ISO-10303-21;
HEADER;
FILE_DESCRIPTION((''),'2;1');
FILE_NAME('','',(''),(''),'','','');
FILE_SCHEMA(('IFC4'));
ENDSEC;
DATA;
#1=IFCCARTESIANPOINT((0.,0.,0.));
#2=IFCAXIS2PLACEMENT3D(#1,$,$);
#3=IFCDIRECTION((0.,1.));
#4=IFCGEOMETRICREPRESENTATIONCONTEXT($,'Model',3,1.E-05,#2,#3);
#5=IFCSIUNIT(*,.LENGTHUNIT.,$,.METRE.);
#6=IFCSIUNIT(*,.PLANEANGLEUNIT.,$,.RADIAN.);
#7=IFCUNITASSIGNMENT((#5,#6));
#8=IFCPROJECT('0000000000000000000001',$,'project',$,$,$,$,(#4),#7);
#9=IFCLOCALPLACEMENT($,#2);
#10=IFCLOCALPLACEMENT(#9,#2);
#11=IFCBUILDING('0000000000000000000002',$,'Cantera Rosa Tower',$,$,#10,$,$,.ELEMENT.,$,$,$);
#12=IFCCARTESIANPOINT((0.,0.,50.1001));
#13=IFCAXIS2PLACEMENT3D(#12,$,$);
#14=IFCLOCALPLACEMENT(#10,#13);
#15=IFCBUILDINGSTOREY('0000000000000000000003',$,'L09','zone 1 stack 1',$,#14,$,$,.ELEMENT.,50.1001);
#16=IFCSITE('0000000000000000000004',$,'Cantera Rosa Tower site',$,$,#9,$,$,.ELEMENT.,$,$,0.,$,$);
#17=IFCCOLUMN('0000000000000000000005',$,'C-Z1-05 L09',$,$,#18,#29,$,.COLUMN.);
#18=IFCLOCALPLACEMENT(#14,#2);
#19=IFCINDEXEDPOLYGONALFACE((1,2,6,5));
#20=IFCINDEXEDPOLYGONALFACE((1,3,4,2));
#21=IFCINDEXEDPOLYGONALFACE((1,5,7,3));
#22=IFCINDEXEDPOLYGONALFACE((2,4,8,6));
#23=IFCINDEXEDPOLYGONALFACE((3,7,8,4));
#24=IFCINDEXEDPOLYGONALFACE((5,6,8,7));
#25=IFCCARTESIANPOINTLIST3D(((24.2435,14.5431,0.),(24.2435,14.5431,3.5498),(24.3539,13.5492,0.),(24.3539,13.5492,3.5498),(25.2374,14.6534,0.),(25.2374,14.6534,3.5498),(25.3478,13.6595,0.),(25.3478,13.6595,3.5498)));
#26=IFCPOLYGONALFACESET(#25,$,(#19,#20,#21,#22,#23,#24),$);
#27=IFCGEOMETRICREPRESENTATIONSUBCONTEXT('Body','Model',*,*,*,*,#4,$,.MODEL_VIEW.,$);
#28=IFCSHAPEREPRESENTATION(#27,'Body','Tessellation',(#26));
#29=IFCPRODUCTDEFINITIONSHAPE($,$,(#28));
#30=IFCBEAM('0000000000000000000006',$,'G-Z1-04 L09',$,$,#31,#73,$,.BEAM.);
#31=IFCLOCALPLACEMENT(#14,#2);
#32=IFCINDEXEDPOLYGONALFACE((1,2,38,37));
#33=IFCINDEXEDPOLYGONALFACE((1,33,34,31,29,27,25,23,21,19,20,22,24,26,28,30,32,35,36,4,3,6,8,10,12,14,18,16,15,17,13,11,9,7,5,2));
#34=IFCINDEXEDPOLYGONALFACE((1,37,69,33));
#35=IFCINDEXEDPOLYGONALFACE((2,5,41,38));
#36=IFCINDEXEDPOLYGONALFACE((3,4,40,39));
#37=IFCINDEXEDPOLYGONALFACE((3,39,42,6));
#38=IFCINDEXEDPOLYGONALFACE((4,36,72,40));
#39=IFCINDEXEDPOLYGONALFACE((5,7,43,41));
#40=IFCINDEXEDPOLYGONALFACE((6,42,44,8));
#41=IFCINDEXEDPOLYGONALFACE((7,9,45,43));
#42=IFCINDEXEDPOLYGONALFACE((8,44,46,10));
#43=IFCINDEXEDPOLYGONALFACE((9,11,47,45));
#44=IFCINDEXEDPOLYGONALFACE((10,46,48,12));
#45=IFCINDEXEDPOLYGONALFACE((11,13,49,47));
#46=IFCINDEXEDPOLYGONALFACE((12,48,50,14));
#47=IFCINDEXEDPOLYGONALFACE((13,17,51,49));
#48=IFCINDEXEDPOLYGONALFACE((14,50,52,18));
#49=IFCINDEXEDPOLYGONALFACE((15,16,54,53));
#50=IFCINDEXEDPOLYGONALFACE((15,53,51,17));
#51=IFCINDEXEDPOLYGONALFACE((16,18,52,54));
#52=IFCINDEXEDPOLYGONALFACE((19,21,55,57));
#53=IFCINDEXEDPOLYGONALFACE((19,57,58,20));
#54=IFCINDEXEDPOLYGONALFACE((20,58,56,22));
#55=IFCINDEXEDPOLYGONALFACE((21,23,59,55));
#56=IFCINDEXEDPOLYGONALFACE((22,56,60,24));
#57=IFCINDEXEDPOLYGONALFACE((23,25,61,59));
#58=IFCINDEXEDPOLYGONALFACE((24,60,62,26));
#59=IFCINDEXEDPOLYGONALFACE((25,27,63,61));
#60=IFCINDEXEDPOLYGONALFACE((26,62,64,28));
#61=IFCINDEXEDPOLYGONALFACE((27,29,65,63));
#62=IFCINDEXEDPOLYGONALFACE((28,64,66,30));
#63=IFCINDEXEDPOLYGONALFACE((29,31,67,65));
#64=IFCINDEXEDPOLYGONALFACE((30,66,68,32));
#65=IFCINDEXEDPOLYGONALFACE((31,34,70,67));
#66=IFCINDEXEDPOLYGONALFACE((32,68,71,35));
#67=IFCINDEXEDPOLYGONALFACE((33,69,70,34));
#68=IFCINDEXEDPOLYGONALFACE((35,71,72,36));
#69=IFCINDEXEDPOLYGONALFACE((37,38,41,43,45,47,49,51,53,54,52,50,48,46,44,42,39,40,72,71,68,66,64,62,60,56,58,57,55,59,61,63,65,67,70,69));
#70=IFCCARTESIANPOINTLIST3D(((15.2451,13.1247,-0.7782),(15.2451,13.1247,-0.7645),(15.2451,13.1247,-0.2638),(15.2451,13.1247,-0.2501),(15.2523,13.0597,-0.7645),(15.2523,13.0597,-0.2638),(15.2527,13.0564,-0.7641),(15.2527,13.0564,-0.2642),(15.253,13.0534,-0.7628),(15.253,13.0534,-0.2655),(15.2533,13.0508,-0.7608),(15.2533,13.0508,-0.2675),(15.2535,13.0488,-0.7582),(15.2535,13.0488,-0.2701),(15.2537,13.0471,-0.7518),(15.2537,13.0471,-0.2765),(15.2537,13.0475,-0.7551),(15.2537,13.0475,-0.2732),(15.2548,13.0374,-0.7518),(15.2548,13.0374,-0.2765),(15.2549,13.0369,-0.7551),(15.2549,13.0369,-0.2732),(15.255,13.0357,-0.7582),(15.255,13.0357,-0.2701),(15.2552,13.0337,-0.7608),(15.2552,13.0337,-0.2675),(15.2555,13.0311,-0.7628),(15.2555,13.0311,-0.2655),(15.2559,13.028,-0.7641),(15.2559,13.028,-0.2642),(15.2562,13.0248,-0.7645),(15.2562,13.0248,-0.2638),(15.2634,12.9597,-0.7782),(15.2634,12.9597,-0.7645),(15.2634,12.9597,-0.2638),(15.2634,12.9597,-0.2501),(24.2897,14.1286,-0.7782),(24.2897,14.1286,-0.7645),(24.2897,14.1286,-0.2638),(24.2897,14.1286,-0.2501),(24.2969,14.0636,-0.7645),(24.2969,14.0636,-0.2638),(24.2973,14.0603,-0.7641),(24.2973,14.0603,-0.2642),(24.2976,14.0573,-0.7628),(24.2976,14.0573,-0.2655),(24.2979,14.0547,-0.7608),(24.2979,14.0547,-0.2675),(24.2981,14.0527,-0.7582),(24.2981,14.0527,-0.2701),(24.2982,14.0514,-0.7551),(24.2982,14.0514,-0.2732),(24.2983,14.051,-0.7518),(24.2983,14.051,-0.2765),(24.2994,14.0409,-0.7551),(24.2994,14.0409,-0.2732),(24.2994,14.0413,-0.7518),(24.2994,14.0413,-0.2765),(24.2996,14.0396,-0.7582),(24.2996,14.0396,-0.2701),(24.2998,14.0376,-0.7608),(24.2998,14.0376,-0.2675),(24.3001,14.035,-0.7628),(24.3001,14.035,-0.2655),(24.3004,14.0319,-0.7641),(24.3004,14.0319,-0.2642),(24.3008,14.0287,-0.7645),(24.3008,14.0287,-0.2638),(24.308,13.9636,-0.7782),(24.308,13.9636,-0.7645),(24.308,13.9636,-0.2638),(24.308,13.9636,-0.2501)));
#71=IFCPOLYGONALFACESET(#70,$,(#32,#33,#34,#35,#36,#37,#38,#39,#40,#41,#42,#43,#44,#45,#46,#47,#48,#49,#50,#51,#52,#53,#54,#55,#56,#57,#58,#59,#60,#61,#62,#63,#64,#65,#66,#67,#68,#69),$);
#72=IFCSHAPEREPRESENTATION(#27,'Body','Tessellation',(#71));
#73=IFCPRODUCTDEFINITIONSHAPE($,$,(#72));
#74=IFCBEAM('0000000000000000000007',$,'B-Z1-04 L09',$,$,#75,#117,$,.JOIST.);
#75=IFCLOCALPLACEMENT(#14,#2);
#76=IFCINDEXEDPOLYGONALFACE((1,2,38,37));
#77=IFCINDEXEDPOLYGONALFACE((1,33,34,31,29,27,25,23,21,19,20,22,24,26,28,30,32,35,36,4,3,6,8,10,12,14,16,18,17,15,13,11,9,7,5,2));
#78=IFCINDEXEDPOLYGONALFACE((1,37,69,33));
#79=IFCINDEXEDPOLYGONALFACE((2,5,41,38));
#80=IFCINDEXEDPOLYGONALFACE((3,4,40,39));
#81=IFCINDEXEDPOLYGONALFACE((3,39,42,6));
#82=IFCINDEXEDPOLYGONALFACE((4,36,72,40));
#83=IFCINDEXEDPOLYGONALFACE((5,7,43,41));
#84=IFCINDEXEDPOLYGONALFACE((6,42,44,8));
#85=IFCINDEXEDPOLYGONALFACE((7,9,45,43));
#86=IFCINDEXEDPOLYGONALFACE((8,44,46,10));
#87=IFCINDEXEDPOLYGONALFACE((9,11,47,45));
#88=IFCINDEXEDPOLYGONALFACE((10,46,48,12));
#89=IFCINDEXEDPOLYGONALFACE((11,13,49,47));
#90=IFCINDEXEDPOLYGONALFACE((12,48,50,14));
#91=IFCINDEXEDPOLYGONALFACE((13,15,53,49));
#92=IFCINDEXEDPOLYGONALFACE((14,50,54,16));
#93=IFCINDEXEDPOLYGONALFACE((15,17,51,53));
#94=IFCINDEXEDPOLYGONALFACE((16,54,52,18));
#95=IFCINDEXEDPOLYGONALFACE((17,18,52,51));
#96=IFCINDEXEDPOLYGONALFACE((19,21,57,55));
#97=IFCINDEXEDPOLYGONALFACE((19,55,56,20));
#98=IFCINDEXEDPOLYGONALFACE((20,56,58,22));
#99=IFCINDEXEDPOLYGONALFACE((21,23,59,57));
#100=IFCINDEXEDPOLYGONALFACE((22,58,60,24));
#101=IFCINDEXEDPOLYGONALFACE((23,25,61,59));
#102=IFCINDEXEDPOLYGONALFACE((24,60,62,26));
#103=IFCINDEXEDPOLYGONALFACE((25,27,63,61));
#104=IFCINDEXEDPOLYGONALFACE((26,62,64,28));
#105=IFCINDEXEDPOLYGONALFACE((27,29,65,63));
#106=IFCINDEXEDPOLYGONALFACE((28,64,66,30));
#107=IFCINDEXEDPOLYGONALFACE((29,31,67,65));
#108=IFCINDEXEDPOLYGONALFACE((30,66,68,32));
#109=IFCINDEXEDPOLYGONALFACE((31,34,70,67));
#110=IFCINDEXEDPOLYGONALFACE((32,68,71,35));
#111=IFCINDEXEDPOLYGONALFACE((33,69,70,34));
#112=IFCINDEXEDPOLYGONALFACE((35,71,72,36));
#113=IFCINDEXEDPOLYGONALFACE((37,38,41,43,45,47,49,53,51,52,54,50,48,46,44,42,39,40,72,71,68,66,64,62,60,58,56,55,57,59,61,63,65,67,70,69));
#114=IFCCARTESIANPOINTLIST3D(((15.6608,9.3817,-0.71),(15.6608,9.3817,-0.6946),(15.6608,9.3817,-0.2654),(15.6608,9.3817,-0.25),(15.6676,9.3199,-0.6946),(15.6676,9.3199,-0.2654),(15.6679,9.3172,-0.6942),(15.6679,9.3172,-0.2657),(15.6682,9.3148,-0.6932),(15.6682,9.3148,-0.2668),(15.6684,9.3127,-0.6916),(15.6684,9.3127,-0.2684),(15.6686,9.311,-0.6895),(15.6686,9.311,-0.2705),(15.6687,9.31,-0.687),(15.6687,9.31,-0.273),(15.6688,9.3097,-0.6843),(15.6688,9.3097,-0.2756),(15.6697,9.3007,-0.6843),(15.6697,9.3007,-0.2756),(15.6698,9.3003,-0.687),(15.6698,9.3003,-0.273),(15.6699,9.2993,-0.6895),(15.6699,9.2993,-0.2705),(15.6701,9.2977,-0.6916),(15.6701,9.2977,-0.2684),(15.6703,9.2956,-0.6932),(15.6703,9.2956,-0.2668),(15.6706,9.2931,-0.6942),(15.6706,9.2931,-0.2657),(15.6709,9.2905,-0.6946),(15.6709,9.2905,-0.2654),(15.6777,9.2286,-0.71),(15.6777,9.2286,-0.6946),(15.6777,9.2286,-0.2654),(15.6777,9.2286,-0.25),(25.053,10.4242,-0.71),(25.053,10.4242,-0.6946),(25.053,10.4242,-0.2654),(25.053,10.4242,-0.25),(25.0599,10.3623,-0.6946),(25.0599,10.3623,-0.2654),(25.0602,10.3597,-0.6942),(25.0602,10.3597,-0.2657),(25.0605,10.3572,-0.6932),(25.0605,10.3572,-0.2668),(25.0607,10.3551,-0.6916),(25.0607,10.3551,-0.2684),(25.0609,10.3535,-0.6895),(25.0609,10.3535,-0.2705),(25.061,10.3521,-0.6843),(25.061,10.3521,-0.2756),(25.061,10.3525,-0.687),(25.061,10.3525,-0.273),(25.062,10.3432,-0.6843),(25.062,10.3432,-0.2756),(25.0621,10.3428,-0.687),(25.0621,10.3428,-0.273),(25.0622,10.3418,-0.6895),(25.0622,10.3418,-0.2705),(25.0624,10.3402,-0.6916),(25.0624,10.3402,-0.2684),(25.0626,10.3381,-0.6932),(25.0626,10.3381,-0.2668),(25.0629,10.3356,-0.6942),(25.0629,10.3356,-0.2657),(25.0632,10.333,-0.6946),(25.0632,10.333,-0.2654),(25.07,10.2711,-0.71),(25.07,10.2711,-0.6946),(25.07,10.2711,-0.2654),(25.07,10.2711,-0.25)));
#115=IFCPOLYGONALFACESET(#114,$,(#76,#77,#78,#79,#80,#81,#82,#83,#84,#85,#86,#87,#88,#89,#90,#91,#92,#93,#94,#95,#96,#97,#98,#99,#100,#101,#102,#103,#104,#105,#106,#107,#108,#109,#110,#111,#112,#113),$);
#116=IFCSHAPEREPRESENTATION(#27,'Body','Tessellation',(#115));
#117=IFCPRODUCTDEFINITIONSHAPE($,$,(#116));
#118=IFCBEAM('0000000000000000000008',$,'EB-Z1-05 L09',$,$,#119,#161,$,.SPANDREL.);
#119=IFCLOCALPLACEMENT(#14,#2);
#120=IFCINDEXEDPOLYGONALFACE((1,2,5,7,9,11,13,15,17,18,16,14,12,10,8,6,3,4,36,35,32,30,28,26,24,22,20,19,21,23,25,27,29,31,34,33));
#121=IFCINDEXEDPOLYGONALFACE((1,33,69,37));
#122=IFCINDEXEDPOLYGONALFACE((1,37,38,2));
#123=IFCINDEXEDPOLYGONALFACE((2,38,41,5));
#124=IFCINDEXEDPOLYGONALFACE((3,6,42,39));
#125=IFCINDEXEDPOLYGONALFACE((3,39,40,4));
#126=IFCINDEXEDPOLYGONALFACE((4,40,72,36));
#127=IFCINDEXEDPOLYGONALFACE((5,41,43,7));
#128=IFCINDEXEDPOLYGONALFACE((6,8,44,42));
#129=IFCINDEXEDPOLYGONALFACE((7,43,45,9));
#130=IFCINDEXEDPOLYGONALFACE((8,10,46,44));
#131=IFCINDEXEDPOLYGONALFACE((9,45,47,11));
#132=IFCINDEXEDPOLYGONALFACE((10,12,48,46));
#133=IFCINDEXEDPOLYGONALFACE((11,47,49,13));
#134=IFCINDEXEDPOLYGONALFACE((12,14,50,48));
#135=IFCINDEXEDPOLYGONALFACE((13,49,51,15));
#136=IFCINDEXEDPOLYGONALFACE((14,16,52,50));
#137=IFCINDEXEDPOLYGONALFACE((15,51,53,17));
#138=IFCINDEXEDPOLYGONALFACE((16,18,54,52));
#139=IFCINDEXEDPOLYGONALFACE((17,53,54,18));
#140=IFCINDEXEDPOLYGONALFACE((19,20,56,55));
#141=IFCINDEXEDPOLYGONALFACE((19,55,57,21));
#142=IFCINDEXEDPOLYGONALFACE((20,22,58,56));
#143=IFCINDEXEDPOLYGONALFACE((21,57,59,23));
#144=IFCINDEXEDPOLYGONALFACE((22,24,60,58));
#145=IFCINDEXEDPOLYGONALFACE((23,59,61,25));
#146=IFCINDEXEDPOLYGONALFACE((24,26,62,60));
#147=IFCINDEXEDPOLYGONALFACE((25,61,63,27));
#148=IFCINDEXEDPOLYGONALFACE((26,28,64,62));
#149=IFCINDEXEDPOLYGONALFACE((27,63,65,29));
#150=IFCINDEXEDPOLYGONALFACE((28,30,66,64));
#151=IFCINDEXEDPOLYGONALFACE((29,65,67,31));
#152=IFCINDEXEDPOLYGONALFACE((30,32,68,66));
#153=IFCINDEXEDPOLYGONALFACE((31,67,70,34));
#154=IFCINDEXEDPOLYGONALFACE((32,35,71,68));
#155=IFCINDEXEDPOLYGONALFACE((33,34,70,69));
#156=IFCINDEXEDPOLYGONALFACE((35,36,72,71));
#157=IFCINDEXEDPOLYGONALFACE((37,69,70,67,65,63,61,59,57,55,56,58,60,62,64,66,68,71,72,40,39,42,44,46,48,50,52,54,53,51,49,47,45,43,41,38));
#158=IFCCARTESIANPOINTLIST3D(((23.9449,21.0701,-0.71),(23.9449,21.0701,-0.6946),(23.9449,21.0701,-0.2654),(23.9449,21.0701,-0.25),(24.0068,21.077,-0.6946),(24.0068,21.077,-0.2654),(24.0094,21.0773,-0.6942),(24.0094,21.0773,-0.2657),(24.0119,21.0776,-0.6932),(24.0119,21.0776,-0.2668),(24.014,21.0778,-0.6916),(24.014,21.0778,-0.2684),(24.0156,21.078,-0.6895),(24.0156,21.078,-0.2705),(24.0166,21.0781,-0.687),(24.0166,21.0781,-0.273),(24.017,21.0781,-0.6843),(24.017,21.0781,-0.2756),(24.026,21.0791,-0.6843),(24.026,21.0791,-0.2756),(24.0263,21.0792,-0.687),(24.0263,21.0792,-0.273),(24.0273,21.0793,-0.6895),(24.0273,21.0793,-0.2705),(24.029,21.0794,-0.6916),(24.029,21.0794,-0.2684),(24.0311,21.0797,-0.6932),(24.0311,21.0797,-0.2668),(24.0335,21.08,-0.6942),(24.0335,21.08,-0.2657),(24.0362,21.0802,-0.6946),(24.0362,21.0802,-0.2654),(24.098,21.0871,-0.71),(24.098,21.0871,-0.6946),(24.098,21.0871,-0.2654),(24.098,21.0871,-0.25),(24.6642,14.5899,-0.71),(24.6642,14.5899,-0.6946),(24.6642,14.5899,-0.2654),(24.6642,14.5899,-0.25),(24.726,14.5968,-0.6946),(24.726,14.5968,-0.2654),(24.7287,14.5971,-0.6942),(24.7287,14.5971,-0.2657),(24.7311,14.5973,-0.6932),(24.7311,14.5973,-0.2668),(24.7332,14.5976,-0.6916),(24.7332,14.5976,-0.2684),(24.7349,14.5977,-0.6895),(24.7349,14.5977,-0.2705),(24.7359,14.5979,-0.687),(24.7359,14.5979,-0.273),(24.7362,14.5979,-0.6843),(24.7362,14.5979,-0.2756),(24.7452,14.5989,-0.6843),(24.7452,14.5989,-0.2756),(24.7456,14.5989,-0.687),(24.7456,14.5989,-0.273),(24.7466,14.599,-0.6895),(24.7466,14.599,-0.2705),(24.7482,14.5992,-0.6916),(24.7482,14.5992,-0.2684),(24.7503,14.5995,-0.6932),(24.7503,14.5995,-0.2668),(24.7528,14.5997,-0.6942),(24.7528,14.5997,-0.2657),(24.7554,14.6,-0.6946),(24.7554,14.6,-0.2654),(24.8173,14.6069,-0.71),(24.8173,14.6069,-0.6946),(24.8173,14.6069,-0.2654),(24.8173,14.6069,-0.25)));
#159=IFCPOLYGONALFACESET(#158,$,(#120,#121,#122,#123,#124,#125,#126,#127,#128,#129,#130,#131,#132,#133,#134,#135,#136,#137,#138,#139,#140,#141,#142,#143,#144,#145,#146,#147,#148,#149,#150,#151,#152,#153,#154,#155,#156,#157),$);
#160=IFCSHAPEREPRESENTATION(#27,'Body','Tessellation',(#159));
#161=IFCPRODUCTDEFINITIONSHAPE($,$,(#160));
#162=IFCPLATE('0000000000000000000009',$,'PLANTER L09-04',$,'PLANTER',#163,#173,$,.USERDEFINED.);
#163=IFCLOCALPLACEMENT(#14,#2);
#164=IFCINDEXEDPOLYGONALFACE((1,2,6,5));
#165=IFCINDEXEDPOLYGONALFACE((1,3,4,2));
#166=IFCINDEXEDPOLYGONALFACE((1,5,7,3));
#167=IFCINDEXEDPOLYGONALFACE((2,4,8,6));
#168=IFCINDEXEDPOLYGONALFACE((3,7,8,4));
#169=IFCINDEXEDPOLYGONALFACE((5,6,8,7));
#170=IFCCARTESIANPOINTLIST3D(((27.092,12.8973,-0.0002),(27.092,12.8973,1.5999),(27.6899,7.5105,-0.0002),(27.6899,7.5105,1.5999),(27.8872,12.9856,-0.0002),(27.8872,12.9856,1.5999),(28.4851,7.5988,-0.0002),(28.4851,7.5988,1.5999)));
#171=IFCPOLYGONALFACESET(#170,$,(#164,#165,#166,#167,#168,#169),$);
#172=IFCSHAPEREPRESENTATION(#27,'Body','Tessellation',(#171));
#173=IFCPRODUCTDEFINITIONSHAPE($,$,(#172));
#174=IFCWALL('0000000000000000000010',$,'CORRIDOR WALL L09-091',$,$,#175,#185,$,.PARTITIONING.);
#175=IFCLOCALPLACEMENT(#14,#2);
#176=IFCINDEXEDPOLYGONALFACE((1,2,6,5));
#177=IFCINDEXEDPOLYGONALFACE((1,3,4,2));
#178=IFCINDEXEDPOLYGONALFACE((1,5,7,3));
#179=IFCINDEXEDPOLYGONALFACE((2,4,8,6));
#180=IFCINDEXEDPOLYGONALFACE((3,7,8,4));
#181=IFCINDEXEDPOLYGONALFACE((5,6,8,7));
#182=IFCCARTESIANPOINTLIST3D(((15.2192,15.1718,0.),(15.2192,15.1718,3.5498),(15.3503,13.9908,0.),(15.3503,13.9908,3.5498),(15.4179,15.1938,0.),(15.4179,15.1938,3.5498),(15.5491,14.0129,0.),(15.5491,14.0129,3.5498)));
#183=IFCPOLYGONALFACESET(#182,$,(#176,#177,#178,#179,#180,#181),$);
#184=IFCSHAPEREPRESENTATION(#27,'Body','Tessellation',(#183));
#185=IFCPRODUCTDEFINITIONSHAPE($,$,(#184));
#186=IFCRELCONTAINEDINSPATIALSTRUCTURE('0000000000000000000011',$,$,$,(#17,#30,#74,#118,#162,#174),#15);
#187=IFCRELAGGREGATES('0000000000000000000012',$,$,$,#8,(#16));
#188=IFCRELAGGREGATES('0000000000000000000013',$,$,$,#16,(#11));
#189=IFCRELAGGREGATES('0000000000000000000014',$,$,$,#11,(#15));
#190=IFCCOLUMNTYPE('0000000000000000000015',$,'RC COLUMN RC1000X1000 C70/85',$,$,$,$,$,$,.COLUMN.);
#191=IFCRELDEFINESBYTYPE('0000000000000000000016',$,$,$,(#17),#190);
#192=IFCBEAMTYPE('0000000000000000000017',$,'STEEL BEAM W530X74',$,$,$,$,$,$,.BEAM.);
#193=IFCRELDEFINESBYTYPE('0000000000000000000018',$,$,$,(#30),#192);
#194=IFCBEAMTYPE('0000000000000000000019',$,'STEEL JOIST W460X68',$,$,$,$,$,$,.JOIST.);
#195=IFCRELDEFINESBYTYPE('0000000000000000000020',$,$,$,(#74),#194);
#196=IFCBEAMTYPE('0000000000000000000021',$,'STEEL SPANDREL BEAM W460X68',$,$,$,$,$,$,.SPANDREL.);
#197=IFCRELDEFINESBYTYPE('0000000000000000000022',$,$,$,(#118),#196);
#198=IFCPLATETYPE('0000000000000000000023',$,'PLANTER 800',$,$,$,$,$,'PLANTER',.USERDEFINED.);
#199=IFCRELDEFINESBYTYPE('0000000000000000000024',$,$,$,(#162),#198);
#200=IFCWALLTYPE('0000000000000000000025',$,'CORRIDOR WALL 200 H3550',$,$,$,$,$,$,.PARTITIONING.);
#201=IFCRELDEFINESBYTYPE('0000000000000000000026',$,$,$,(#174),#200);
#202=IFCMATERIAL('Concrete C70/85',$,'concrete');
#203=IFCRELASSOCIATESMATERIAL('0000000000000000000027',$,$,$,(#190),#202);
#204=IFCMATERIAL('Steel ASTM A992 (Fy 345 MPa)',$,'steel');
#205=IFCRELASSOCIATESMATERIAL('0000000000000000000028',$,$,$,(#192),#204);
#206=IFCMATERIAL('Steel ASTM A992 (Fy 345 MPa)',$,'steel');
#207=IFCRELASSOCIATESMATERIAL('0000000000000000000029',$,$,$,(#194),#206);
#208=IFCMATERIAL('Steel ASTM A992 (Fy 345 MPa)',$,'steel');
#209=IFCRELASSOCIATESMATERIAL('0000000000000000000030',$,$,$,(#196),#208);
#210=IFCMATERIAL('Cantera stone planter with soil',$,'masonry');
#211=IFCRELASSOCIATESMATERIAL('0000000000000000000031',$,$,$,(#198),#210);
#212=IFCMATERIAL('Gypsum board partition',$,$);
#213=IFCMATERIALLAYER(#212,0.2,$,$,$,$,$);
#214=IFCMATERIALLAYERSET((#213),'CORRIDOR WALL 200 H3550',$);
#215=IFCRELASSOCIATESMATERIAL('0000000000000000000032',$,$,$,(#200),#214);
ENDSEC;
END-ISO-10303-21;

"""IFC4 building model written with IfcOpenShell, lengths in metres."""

from ifc_helpers import new_model, si_unit, direction, frame, frame_2d, origin, origin_2d, place, context, subcontext, project, spatial, rectangle, i_section, extrude, material, layer, layer_set, material_profile, profile_set, type_object, element, save


model = new_model("IFC4")

# Units and contexts
model_context = context("Model", 3, precision=1e-05, world=origin(), true_north=direction((0.0, 1.0)))
body_context = subcontext(model_context, "Body", "Model", "MODEL_VIEW")
ifc_project = project(units=[si_unit("LENGTHUNIT", "METRE"), si_unit("PLANEANGLEUNIT", "RADIAN")], contexts=[model_context])

# Site, building, storey
site_placement = place(None, origin())
site = spatial("IfcSite", under=ifc_project, at=site_placement, Name="Cantera Rosa Tower site", CompositionType="ELEMENT", RefElevation=0.0)
building_placement = place(site_placement, origin())
building = spatial("IfcBuilding", under=site, at=building_placement, Name="Cantera Rosa Tower", CompositionType="ELEMENT")
storey_placement = place(building_placement, frame((0.0, 0.0, 50.1001)))
storey = spatial("IfcBuildingStorey", under=building, at=storey_placement, Name="L09", Description="zone 1 stack 1", CompositionType="ELEMENT", Elevation=50.1001)

# Column
ifc_material_1 = material(Name="Concrete C70/85", Category="concrete")
ifc_material_profile_1 = material_profile(ifc_material_1, rectangle(XDim=1.0, YDim=1.0, at=origin_2d()), Name="RC COLUMN RC1000X1000 C70/85")
ifc_profile_set_1 = profile_set([ifc_material_profile_1], Name="Concrete C70/85")
column_type = type_object("IfcColumnType", Name="RC COLUMN RC1000X1000 C70/85", PredefinedType="COLUMN", material=ifc_profile_set_1)
column_placement = place(storey_placement, frame((24.7957, 14.1013, 0.0), z_axis=(0.0, 0.0, 1.0), x_axis=(0.993897, 0.110313, 0.0)))
element("IfcColumn", 1, at=column_placement, inside=storey, type_object=column_type, Name="C-Z1-05 L09", PredefinedType="COLUMN", context=body_context, shape_type="SweptSolid", body=[
    extrude(rectangle(XDim=1.0, YDim=1.0, at=origin_2d()), origin(), (0.0, 0.0, 1.0), 3.5498),
])

# Beams
ifc_material_2 = material(Name="Steel ASTM A992 (Fy 345 MPa)", Category="steel")
ifc_material_profile_2 = material_profile(ifc_material_2, i_section(OverallWidth=0.166, OverallDepth=0.5281, WebThickness=0.0098, FlangeThickness=0.0137, FilletRadius=0.0127, at=origin_2d()), Name="W530X74")
ifc_profile_set_2 = profile_set([ifc_material_profile_2], Name="Steel ASTM A992 (Fy 345 MPa)")
beam_type_1 = type_object("IfcBeamType", Name="STEEL BEAM W530X74", PredefinedType="BEAM", material=ifc_profile_set_2)
beam_1_placement = place(storey_placement, frame((24.2988, 14.0461, -0.5142), z_axis=(-0.993896, -0.11032, 0.0), x_axis=(0.11032, -0.993896, 0.0)))
element("IfcBeam", 2, at=beam_1_placement, inside=storey, type_object=beam_type_1, Name="G-Z1-04 L09", PredefinedType="BEAM", context=body_context, shape_type="SweptSolid", body=[
    extrude(i_section(OverallWidth=0.166, OverallDepth=0.5281, WebThickness=0.0098, FlangeThickness=0.0137, FilletRadius=0.0127, at=origin_2d()), origin(), (0.0, 0.0, 1.0), 9.1001),
])
ifc_material_3 = material(Name="Steel ASTM A992 (Fy 345 MPa)", Category="steel")
ifc_material_profile_3 = material_profile(ifc_material_3, i_section(OverallWidth=0.1541, OverallDepth=0.46, WebThickness=0.009, FlangeThickness=0.0154, FilletRadius=0.0103, at=origin_2d()), Name="W460X68")
ifc_profile_set_3 = profile_set([ifc_material_profile_3], Name="Steel ASTM A992 (Fy 345 MPa)")
beam_type_2 = type_object("IfcBeamType", Name="STEEL JOIST W460X68", PredefinedType="JOIST", material=ifc_profile_set_3)
beam_2_placement = place(storey_placement, frame((25.0615, 10.3477, -0.48), z_axis=(-0.993897, -0.110315, 0.0), x_axis=(0.110315, -0.993897, 0.0)))
element("IfcBeam", 3, at=beam_2_placement, inside=storey, type_object=beam_type_2, Name="B-Z1-04 L09", PredefinedType="JOIST", context=body_context, shape_type="SweptSolid", body=[
    extrude(i_section(OverallWidth=0.1541, OverallDepth=0.46, WebThickness=0.009, FlangeThickness=0.0154, FilletRadius=0.0103, at=origin_2d()), origin(), (0.0, 0.0, 1.0), 9.45),
])
ifc_material_4 = material(Name="Steel ASTM A992 (Fy 345 MPa)", Category="steel")
ifc_material_profile_4 = material_profile(ifc_material_4, i_section(OverallWidth=0.1541, OverallDepth=0.46, WebThickness=0.009, FlangeThickness=0.0154, FilletRadius=0.0103, at=origin_2d()), Name="W460X68")
ifc_profile_set_4 = profile_set([ifc_material_profile_4], Name="Steel ASTM A992 (Fy 345 MPa)")
beam_type_3 = type_object("IfcBeamType", Name="STEEL SPANDREL BEAM W460X68", PredefinedType="SPANDREL", material=ifc_profile_set_4)
beam_3_placement = place(storey_placement, frame((24.7407, 14.5984, -0.48), z_axis=(-0.110312, 0.993897, 0.0), x_axis=(-0.993897, -0.110312, 0.0)))
element("IfcBeam", 4, at=beam_3_placement, inside=storey, type_object=beam_type_3, Name="EB-Z1-05 L09", PredefinedType="SPANDREL", context=body_context, shape_type="SweptSolid", body=[
    extrude(i_section(OverallWidth=0.1541, OverallDepth=0.46, WebThickness=0.009, FlangeThickness=0.0154, FilletRadius=0.0103, at=origin_2d()), origin(), (0.0, 0.0, 1.0), 6.52),
])

# Plate
ifc_material_5 = material(Name="Cantera stone planter with soil", Category="masonry")
plate_type = type_object("IfcPlateType", Name="PLANTER 800", ElementType="PLANTER", PredefinedType="USERDEFINED", material=ifc_material_5)
plate_placement = place(storey_placement, frame((27.7886, 10.248, -0.0002), z_axis=(0.0, 0.0, 1.0), x_axis=(-0.110313, 0.993897, 0.0)))
element("IfcPlate", 5, at=plate_placement, inside=storey, type_object=plate_type, Name="PLANTER L09-04", ObjectType="PLANTER", PredefinedType="USERDEFINED", context=body_context, shape_type="SweptSolid", body=[
    extrude(rectangle(XDim=5.4199, YDim=0.8, at=origin_2d()), origin(), (0.0, 0.0, 1.0), 1.6001),
])

# Wall
ifc_material_6 = material(Name="Gypsum board partition")
ifc_layer_1 = layer(ifc_material_6, 0.2)
ifc_layer_set_1 = layer_set([ifc_layer_1], Name="CORRIDOR WALL 200 H3550")
wall_type_1 = type_object("IfcWallType", Name="CORRIDOR WALL 200 H3550", PredefinedType="PARTITIONING", material=ifc_layer_set_1)
wall_1_placement = place(storey_placement, frame((15.4497, 14.0017, 0.0), z_axis=(0.0, 0.0, 1.0), x_axis=(-0.110341, 0.993894, 0.0)))
element("IfcWall", 6, at=wall_1_placement, inside=storey, type_object=wall_type_1, Name="CORRIDOR WALL L09-091", PredefinedType="PARTITIONING", context=body_context, shape_type="SweptSolid", body=[
    extrude(rectangle(XDim=1.1882, YDim=0.2, at=frame_2d((0.5942, 0.0))), origin(), (0.0, 0.0, 1.0), 3.5498),
])

save(model, "model.ifc")
